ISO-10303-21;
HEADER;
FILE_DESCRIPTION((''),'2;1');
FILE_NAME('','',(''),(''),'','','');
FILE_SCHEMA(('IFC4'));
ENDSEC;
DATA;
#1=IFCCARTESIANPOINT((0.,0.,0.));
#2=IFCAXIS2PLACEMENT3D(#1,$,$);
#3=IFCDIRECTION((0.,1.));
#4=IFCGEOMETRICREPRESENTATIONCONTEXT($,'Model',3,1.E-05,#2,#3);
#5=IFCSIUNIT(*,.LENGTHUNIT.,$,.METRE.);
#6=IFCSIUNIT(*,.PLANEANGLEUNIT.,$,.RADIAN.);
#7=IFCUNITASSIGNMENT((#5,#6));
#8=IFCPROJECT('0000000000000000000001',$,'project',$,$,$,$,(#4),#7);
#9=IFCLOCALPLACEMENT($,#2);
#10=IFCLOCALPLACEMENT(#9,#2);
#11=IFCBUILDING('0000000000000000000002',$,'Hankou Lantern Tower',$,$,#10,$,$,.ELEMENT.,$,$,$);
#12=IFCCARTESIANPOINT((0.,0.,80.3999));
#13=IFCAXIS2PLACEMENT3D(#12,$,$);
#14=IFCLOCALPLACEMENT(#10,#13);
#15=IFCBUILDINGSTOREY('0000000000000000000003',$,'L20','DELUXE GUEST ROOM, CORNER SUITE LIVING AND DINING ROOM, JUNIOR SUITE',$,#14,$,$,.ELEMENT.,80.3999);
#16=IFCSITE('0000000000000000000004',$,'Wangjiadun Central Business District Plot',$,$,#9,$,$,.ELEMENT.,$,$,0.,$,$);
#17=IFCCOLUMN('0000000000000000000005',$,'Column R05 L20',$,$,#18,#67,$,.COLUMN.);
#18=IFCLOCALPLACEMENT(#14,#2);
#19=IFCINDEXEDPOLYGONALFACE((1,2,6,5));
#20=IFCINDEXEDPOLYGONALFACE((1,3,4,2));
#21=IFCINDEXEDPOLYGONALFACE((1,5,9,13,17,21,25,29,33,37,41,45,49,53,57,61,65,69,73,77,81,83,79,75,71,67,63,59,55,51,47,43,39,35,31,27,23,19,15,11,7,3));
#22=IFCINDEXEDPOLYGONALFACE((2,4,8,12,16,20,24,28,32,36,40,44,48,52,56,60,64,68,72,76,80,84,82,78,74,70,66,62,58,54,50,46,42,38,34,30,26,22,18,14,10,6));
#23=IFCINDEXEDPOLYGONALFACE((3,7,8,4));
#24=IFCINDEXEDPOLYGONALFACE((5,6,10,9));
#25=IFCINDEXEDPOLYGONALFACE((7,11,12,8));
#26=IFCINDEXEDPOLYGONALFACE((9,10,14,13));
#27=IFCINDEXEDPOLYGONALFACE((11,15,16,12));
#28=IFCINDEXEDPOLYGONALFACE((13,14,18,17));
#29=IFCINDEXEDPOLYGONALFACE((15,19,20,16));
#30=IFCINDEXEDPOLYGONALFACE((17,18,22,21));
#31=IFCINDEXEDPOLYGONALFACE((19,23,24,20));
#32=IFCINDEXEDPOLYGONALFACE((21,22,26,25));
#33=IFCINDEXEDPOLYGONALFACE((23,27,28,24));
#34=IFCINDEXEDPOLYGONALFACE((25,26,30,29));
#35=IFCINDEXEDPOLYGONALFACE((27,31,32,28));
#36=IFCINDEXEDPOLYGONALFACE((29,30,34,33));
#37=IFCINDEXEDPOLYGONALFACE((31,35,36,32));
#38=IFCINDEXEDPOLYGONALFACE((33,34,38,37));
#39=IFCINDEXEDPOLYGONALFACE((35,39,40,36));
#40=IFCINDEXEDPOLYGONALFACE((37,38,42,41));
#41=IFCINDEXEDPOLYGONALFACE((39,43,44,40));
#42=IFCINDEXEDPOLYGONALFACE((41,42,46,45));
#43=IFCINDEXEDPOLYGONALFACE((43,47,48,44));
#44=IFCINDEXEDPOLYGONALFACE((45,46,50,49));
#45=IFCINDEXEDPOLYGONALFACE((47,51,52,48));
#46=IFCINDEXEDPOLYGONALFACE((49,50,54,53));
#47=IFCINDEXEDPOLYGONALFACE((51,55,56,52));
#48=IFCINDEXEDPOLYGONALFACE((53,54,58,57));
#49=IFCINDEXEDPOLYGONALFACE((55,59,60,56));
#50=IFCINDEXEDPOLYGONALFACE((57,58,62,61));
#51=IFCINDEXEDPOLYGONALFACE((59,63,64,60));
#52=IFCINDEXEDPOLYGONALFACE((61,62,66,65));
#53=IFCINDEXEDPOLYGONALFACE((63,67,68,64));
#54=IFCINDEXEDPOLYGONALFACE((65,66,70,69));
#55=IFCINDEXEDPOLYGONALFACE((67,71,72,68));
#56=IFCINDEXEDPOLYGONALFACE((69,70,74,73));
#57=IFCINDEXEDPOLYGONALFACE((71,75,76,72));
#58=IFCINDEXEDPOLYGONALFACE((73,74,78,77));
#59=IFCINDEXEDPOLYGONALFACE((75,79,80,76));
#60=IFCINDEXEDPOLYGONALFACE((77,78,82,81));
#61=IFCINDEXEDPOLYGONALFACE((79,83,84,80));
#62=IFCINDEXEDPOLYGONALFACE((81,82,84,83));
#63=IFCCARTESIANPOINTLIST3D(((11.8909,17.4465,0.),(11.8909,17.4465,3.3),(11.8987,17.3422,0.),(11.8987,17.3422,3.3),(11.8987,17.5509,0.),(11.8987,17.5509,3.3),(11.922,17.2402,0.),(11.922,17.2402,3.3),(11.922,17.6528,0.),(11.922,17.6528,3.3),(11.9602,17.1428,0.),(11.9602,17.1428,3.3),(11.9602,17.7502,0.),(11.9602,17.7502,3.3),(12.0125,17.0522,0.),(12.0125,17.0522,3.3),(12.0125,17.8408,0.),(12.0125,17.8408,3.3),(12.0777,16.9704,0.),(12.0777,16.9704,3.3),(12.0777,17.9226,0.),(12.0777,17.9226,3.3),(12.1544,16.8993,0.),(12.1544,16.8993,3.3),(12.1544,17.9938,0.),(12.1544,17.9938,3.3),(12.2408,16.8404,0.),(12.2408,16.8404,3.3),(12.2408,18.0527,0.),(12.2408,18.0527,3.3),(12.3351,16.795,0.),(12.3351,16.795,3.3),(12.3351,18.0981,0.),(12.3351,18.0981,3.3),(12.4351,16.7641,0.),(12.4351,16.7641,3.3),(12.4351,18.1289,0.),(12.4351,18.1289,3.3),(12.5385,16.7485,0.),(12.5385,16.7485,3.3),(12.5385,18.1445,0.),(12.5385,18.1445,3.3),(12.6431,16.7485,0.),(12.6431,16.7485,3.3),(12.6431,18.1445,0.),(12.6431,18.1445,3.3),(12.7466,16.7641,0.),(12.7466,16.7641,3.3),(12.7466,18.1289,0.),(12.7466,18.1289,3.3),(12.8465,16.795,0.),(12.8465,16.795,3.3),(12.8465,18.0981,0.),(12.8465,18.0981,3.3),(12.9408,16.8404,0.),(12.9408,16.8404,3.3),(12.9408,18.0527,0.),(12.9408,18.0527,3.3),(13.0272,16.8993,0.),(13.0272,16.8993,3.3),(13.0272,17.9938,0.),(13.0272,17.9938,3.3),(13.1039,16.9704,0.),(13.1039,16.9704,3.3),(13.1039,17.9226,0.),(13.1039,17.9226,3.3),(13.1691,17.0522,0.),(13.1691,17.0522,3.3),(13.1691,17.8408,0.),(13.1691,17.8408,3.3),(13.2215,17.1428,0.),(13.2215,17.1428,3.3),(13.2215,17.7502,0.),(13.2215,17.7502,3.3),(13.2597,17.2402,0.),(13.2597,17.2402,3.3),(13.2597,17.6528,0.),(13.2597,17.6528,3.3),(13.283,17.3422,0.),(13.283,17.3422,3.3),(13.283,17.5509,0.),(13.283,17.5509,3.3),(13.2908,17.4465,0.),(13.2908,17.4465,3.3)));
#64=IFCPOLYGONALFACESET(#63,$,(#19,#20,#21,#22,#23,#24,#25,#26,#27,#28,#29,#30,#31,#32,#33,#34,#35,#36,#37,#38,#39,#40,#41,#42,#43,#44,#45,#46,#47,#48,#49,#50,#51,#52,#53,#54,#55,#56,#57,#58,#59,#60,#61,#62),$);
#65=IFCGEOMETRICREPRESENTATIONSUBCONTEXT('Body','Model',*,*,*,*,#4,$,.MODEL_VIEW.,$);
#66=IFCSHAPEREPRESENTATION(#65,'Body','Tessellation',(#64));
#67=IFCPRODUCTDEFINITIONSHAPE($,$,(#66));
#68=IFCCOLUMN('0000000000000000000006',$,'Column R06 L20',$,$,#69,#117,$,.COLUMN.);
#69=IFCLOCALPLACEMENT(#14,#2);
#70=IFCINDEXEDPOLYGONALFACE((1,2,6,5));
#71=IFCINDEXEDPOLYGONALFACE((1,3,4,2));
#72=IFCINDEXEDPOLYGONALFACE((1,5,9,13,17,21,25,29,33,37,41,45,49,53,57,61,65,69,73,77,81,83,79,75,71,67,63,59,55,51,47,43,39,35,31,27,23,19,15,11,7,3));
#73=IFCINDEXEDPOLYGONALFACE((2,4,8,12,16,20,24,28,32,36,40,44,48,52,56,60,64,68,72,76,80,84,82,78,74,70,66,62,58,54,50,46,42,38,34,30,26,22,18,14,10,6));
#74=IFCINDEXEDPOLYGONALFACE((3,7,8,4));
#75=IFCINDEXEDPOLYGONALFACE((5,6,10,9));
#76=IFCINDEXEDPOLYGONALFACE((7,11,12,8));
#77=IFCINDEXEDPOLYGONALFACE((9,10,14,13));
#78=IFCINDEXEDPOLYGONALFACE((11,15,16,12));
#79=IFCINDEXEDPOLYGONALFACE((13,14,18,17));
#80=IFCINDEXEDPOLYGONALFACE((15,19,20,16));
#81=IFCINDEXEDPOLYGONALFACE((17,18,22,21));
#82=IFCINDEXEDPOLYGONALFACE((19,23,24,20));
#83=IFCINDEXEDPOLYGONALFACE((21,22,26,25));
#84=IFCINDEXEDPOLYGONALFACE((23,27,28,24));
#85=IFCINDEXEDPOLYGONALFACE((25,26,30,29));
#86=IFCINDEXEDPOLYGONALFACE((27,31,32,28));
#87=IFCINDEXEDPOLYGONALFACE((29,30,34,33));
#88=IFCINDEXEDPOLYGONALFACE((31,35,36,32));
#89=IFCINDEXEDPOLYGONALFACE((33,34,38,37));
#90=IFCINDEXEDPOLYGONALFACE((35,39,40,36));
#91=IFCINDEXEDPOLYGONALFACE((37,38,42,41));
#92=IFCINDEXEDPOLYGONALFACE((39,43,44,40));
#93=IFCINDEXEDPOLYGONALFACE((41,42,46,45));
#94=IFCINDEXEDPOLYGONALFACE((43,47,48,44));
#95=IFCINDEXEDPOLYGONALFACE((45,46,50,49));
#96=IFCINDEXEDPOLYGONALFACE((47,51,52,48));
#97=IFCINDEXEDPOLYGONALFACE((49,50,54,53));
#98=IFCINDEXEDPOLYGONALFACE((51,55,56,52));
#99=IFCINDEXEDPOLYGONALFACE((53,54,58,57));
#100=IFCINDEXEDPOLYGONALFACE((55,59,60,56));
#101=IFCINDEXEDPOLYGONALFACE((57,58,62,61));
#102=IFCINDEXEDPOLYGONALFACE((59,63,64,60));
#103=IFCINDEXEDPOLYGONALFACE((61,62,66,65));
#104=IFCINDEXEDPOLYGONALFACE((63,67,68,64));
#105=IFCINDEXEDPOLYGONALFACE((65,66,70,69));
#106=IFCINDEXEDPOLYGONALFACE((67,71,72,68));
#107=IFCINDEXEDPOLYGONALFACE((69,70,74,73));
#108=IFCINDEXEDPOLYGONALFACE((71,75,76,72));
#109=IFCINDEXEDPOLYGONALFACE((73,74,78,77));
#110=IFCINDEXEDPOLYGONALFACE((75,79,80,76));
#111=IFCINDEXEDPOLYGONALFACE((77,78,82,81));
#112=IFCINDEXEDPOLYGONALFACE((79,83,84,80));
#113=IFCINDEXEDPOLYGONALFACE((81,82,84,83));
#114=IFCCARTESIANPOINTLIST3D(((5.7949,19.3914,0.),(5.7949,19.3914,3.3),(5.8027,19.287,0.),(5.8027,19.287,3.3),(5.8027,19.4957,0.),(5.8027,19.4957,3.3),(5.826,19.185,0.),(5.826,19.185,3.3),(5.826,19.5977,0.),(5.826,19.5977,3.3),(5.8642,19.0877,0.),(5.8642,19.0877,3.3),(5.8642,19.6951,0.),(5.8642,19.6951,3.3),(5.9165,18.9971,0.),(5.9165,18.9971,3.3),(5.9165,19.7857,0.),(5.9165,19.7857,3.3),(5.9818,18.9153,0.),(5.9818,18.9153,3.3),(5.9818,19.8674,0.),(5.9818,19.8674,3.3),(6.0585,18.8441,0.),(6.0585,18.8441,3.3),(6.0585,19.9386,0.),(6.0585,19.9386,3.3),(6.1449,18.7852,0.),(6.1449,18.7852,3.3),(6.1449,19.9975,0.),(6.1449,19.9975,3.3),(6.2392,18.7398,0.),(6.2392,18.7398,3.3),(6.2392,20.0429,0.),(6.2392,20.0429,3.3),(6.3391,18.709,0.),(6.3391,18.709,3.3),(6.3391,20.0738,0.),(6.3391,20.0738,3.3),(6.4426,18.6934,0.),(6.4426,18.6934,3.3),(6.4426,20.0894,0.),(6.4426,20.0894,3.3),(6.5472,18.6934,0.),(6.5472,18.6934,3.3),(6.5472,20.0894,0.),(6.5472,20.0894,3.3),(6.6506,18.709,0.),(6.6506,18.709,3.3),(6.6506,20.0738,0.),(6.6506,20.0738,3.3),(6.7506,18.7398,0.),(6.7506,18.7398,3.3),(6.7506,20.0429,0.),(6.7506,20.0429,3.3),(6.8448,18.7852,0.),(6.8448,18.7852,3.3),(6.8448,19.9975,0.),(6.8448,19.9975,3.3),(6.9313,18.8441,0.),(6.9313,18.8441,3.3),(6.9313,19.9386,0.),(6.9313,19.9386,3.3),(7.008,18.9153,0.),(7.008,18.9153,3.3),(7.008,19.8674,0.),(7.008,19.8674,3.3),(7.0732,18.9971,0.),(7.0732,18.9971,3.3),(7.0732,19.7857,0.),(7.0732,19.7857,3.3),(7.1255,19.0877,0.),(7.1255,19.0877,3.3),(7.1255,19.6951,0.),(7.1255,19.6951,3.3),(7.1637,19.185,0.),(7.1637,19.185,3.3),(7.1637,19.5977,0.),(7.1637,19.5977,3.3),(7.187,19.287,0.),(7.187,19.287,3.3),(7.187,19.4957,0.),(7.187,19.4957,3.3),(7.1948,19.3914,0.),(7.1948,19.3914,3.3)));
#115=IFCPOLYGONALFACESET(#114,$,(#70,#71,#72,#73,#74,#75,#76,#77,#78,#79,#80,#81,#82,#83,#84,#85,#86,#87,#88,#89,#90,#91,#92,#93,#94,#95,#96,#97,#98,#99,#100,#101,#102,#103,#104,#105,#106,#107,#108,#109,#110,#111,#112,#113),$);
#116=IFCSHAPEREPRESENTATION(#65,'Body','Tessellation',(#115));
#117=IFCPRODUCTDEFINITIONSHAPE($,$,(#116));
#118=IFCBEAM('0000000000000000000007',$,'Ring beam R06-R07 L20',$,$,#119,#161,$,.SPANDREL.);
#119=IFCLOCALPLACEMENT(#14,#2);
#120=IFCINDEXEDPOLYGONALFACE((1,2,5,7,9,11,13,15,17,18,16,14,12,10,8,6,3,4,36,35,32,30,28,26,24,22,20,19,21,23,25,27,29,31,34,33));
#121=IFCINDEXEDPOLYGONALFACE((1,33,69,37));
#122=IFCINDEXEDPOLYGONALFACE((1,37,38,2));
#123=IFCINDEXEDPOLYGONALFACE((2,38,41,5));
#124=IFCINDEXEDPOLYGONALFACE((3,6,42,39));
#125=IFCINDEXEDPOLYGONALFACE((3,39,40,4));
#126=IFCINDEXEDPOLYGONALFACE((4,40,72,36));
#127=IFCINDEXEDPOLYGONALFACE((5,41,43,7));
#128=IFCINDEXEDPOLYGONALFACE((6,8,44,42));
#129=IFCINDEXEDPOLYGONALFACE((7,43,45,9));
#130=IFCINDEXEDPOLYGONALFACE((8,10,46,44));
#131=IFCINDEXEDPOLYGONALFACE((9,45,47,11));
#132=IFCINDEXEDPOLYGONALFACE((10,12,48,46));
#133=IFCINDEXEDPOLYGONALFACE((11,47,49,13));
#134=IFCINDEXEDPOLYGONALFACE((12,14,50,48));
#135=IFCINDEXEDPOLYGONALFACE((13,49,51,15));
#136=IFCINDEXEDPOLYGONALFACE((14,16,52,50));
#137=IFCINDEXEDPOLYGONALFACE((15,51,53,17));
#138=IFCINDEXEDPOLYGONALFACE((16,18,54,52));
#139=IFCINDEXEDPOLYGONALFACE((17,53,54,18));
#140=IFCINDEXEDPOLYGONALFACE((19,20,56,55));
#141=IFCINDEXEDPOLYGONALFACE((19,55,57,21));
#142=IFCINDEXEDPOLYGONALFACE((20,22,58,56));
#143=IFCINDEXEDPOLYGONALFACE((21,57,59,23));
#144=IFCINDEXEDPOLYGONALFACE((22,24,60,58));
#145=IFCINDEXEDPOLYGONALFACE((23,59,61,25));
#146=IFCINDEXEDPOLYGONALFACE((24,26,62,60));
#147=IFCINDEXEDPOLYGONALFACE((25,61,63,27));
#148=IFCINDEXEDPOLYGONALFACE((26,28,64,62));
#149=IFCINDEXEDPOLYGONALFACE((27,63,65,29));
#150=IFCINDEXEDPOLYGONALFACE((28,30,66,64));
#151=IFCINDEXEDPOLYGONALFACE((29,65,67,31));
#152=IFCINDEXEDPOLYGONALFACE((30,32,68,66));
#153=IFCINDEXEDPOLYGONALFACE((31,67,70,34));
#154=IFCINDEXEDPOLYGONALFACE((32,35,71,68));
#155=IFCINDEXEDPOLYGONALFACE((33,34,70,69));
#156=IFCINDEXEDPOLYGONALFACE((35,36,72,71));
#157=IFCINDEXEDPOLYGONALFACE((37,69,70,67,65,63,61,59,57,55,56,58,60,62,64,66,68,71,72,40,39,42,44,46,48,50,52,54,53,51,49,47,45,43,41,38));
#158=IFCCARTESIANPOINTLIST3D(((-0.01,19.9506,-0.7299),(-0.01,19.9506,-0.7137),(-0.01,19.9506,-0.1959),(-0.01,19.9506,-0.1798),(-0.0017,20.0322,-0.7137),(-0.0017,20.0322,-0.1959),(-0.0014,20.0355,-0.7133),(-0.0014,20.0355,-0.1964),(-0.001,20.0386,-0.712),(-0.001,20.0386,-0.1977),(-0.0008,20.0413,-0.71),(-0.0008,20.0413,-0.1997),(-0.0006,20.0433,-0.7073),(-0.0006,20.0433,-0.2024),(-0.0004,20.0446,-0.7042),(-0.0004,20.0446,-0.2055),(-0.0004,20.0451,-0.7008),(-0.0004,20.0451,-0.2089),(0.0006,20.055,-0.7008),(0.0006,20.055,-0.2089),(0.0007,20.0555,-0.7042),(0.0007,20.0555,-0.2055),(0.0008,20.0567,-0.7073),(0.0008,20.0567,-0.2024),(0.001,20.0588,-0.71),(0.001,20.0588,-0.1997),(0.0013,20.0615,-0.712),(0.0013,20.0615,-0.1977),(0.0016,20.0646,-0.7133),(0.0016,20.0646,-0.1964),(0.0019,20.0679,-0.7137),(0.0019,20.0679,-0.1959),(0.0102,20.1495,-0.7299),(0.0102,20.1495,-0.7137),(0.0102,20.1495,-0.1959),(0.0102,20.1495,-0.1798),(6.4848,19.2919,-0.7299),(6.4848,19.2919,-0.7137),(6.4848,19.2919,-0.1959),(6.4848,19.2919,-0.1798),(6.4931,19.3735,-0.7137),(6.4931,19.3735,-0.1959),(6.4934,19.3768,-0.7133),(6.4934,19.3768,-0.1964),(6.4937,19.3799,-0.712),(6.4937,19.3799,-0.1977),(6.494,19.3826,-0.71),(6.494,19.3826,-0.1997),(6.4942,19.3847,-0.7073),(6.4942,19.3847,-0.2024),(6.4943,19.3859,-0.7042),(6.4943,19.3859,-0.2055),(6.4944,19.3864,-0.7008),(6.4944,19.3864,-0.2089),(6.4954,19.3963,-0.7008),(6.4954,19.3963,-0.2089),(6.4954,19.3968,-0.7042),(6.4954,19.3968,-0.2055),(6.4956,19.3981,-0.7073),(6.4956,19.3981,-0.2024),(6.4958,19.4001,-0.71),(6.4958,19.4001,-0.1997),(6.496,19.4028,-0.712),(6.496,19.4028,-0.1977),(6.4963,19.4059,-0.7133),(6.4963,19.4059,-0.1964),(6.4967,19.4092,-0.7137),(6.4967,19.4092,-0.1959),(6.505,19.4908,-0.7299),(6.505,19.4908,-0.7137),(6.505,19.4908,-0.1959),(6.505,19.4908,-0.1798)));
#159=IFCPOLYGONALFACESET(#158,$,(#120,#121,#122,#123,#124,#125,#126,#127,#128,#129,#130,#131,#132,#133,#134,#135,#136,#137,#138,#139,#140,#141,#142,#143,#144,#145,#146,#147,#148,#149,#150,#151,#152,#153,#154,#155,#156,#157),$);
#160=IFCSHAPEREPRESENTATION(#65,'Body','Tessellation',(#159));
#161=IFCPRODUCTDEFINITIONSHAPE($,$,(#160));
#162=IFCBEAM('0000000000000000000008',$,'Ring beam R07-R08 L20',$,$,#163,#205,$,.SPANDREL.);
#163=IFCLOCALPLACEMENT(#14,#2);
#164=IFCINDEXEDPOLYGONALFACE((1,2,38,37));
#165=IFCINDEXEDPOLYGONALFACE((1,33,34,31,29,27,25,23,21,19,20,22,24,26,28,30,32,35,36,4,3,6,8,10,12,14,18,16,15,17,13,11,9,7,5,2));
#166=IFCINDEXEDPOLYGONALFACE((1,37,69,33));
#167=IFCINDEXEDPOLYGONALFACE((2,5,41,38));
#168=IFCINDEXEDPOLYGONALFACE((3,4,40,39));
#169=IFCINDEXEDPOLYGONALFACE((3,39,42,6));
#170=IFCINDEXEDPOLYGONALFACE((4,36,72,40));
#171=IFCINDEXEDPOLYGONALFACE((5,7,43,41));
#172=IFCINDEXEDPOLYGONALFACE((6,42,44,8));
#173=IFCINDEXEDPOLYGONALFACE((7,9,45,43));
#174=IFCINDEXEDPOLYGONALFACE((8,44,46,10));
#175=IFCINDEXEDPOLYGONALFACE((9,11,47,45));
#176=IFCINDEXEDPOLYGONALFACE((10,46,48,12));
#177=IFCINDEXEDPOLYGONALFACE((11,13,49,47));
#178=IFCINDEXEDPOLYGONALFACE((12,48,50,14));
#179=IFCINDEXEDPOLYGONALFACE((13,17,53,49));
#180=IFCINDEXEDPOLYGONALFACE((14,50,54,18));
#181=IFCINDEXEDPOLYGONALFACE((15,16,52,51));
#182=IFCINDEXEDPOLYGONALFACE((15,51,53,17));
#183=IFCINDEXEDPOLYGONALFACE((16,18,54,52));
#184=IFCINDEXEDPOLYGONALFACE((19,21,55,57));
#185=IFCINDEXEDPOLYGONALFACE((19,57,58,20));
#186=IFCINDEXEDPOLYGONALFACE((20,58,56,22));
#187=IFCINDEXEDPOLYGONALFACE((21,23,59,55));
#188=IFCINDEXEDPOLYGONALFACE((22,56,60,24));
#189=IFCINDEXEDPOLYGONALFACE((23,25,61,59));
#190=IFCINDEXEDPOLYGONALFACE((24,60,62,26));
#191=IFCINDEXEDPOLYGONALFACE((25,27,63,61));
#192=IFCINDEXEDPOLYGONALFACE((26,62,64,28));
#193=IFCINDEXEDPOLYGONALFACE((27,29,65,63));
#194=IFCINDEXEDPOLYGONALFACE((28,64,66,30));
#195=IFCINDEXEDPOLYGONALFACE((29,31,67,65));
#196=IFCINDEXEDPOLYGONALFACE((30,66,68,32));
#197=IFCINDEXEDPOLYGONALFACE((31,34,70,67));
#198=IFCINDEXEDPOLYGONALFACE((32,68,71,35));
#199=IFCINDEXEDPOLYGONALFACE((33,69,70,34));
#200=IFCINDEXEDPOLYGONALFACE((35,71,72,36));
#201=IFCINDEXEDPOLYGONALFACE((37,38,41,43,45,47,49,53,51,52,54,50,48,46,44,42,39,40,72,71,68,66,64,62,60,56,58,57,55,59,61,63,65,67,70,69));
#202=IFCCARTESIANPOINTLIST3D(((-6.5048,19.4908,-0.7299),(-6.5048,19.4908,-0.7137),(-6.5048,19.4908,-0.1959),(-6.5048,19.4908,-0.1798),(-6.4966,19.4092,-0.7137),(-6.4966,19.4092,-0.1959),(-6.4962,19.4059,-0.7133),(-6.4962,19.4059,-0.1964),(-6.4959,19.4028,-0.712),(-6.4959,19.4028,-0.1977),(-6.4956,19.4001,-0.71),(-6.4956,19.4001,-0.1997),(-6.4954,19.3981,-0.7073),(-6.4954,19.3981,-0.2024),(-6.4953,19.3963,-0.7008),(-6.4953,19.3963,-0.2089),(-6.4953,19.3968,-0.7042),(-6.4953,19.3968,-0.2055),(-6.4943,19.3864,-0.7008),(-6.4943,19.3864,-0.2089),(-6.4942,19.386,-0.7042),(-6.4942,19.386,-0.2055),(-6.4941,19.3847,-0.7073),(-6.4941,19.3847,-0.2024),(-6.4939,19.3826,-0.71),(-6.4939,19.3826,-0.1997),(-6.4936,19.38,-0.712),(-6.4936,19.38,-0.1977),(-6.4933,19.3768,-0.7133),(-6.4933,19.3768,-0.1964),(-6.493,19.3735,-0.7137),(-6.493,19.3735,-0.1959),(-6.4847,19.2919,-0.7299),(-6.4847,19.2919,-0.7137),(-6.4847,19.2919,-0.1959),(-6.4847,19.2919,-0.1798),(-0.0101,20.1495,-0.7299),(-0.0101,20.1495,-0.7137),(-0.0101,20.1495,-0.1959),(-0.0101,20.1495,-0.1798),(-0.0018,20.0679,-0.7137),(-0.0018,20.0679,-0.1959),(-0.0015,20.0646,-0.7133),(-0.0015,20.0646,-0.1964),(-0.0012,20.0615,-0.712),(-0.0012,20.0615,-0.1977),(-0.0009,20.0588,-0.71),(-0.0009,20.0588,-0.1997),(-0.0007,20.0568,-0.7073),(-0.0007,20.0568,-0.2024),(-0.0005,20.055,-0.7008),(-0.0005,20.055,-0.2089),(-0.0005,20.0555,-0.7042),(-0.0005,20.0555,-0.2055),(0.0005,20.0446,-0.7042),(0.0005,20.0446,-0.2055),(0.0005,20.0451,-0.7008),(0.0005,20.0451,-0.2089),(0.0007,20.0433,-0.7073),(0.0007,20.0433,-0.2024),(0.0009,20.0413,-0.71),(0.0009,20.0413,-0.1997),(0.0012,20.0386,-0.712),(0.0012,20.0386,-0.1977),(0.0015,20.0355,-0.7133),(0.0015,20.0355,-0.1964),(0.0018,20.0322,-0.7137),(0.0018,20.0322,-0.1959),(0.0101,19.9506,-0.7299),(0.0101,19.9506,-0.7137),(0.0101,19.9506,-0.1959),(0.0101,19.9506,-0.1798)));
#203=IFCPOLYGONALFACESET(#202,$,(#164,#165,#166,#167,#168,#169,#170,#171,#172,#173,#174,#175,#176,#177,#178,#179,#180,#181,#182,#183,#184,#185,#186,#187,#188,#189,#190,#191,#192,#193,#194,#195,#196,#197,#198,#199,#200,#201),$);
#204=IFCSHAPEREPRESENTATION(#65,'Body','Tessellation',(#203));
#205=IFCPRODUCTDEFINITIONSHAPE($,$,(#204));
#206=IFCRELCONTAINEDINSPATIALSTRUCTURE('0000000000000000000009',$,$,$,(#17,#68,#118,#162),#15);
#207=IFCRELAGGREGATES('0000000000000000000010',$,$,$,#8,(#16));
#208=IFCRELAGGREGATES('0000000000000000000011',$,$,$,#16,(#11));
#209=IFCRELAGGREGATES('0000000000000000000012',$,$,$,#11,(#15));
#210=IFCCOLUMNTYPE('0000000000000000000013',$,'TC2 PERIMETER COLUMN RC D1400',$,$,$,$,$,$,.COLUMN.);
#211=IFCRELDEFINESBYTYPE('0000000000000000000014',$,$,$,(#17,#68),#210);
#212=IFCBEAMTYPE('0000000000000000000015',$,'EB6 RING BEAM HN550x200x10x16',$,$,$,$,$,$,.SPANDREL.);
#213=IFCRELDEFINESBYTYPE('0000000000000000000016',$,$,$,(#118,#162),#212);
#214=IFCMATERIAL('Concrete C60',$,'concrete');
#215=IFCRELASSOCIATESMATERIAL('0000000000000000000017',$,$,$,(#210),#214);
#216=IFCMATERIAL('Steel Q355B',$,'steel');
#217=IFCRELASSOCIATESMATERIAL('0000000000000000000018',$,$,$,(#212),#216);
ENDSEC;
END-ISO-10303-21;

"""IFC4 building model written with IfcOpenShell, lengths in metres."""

from ifc_helpers import new_model, si_unit, direction, frame, origin, origin_2d, place, context, subcontext, project, spatial, circle, i_section, extrude, material, material_profile, profile_set, type_object, element, save


model = new_model("IFC4")

# Units and contexts
model_context = context("Model", 3, precision=1e-05, world=origin(), true_north=direction((0.0, 1.0)))
body_context = subcontext(model_context, "Body", "Model", "MODEL_VIEW")
ifc_project = project(units=[si_unit("LENGTHUNIT", "METRE"), si_unit("PLANEANGLEUNIT", "RADIAN")], contexts=[model_context])

# Site, building, storey
site_placement = place(None, origin())
site = spatial("IfcSite", under=ifc_project, at=site_placement, Name="Wangjiadun Central Business District Plot", CompositionType="ELEMENT", RefElevation=0.0)
building_placement = place(site_placement, origin())
building = spatial("IfcBuilding", under=site, at=building_placement, Name="Hankou Lantern Tower", CompositionType="ELEMENT")
storey_placement = place(building_placement, frame((0.0, 0.0, 80.3999)))
storey = spatial("IfcBuildingStorey", under=building, at=storey_placement, Name="L20", Description="DELUXE GUEST ROOM, CORNER SUITE LIVING AND DINING ROOM, JUNIOR SUITE", CompositionType="ELEMENT", Elevation=80.3999)

# Columns
ifc_material_1 = material(Name="Concrete C60", Category="concrete")
ifc_material_profile_1 = material_profile(ifc_material_1, circle(Radius=0.7, at=origin_2d()), Name="RC D1400")
ifc_profile_set_1 = profile_set([ifc_material_profile_1], Name="Concrete C60")
column_type = type_object("IfcColumnType", Name="TC2 PERIMETER COLUMN RC D1400", PredefinedType="COLUMN", material=ifc_profile_set_1)
for number, where, z_axis, x_axis, name in (
    (1, (12.5908, 17.4465, 0.0), (0.0, 0.0, 1.0), (1.0, 0.0, 0.0), "Column R05 L20"),
    (2, (6.4949, 19.3914, 0.0), (0.0, 0.0, 1.0), (1.0, 0.0, 0.0), "Column R06 L20"),
):
    element("IfcColumn", number, at=place(storey_placement, frame(where, z_axis=z_axis, x_axis=x_axis)), inside=storey, type_object=column_type, Name=name, PredefinedType="COLUMN", context=body_context, shape_type="SweptSolid", body=[
        extrude(circle(Radius=0.7, at=origin_2d()), origin(), (0.0, 0.0, 1.0), 3.3),
    ])

# Beams
ifc_material_2 = material(Name="Steel Q355B", Category="steel")
ifc_material_profile_2 = material_profile(ifc_material_2, i_section(OverallWidth=0.2, OverallDepth=0.55, WebThickness=0.01, FlangeThickness=0.0161, FilletRadius=0.0129, at=origin_2d()), Name="HN550x200x10x16")
ifc_profile_set_2 = profile_set([ifc_material_profile_2], Name="Steel Q355B")
beam_type_1 = type_object("IfcBeamType", Name="EB6 RING BEAM HN550x200x10x16", PredefinedType="SPANDREL", material=ifc_profile_set_2)
for number, where, z_axis, x_axis, name in (
    (3, (6.4949, 19.3914, -0.4548), (-0.994897, 0.1009, 0.0), (-0.1009, -0.994897, 0.0), "Ring beam R06-R07 L20"),
    (4, (0.0, 20.05, -0.4548), (-0.994897, -0.1009, 0.0), (0.1009, -0.994897, 0.0), "Ring beam R07-R08 L20"),
):
    element("IfcBeam", number, at=place(storey_placement, frame(where, z_axis=z_axis, x_axis=x_axis)), inside=storey, type_object=beam_type_1, Name=name, PredefinedType="SPANDREL", context=body_context, shape_type="SweptSolid", body=[
        extrude(i_section(OverallWidth=0.2, OverallDepth=0.55, WebThickness=0.01, FlangeThickness=0.0161, FilletRadius=0.0129, at=origin_2d()), origin(), (0.0, 0.0, 1.0), 6.5281),
    ])

save(model, "model.ifc")
